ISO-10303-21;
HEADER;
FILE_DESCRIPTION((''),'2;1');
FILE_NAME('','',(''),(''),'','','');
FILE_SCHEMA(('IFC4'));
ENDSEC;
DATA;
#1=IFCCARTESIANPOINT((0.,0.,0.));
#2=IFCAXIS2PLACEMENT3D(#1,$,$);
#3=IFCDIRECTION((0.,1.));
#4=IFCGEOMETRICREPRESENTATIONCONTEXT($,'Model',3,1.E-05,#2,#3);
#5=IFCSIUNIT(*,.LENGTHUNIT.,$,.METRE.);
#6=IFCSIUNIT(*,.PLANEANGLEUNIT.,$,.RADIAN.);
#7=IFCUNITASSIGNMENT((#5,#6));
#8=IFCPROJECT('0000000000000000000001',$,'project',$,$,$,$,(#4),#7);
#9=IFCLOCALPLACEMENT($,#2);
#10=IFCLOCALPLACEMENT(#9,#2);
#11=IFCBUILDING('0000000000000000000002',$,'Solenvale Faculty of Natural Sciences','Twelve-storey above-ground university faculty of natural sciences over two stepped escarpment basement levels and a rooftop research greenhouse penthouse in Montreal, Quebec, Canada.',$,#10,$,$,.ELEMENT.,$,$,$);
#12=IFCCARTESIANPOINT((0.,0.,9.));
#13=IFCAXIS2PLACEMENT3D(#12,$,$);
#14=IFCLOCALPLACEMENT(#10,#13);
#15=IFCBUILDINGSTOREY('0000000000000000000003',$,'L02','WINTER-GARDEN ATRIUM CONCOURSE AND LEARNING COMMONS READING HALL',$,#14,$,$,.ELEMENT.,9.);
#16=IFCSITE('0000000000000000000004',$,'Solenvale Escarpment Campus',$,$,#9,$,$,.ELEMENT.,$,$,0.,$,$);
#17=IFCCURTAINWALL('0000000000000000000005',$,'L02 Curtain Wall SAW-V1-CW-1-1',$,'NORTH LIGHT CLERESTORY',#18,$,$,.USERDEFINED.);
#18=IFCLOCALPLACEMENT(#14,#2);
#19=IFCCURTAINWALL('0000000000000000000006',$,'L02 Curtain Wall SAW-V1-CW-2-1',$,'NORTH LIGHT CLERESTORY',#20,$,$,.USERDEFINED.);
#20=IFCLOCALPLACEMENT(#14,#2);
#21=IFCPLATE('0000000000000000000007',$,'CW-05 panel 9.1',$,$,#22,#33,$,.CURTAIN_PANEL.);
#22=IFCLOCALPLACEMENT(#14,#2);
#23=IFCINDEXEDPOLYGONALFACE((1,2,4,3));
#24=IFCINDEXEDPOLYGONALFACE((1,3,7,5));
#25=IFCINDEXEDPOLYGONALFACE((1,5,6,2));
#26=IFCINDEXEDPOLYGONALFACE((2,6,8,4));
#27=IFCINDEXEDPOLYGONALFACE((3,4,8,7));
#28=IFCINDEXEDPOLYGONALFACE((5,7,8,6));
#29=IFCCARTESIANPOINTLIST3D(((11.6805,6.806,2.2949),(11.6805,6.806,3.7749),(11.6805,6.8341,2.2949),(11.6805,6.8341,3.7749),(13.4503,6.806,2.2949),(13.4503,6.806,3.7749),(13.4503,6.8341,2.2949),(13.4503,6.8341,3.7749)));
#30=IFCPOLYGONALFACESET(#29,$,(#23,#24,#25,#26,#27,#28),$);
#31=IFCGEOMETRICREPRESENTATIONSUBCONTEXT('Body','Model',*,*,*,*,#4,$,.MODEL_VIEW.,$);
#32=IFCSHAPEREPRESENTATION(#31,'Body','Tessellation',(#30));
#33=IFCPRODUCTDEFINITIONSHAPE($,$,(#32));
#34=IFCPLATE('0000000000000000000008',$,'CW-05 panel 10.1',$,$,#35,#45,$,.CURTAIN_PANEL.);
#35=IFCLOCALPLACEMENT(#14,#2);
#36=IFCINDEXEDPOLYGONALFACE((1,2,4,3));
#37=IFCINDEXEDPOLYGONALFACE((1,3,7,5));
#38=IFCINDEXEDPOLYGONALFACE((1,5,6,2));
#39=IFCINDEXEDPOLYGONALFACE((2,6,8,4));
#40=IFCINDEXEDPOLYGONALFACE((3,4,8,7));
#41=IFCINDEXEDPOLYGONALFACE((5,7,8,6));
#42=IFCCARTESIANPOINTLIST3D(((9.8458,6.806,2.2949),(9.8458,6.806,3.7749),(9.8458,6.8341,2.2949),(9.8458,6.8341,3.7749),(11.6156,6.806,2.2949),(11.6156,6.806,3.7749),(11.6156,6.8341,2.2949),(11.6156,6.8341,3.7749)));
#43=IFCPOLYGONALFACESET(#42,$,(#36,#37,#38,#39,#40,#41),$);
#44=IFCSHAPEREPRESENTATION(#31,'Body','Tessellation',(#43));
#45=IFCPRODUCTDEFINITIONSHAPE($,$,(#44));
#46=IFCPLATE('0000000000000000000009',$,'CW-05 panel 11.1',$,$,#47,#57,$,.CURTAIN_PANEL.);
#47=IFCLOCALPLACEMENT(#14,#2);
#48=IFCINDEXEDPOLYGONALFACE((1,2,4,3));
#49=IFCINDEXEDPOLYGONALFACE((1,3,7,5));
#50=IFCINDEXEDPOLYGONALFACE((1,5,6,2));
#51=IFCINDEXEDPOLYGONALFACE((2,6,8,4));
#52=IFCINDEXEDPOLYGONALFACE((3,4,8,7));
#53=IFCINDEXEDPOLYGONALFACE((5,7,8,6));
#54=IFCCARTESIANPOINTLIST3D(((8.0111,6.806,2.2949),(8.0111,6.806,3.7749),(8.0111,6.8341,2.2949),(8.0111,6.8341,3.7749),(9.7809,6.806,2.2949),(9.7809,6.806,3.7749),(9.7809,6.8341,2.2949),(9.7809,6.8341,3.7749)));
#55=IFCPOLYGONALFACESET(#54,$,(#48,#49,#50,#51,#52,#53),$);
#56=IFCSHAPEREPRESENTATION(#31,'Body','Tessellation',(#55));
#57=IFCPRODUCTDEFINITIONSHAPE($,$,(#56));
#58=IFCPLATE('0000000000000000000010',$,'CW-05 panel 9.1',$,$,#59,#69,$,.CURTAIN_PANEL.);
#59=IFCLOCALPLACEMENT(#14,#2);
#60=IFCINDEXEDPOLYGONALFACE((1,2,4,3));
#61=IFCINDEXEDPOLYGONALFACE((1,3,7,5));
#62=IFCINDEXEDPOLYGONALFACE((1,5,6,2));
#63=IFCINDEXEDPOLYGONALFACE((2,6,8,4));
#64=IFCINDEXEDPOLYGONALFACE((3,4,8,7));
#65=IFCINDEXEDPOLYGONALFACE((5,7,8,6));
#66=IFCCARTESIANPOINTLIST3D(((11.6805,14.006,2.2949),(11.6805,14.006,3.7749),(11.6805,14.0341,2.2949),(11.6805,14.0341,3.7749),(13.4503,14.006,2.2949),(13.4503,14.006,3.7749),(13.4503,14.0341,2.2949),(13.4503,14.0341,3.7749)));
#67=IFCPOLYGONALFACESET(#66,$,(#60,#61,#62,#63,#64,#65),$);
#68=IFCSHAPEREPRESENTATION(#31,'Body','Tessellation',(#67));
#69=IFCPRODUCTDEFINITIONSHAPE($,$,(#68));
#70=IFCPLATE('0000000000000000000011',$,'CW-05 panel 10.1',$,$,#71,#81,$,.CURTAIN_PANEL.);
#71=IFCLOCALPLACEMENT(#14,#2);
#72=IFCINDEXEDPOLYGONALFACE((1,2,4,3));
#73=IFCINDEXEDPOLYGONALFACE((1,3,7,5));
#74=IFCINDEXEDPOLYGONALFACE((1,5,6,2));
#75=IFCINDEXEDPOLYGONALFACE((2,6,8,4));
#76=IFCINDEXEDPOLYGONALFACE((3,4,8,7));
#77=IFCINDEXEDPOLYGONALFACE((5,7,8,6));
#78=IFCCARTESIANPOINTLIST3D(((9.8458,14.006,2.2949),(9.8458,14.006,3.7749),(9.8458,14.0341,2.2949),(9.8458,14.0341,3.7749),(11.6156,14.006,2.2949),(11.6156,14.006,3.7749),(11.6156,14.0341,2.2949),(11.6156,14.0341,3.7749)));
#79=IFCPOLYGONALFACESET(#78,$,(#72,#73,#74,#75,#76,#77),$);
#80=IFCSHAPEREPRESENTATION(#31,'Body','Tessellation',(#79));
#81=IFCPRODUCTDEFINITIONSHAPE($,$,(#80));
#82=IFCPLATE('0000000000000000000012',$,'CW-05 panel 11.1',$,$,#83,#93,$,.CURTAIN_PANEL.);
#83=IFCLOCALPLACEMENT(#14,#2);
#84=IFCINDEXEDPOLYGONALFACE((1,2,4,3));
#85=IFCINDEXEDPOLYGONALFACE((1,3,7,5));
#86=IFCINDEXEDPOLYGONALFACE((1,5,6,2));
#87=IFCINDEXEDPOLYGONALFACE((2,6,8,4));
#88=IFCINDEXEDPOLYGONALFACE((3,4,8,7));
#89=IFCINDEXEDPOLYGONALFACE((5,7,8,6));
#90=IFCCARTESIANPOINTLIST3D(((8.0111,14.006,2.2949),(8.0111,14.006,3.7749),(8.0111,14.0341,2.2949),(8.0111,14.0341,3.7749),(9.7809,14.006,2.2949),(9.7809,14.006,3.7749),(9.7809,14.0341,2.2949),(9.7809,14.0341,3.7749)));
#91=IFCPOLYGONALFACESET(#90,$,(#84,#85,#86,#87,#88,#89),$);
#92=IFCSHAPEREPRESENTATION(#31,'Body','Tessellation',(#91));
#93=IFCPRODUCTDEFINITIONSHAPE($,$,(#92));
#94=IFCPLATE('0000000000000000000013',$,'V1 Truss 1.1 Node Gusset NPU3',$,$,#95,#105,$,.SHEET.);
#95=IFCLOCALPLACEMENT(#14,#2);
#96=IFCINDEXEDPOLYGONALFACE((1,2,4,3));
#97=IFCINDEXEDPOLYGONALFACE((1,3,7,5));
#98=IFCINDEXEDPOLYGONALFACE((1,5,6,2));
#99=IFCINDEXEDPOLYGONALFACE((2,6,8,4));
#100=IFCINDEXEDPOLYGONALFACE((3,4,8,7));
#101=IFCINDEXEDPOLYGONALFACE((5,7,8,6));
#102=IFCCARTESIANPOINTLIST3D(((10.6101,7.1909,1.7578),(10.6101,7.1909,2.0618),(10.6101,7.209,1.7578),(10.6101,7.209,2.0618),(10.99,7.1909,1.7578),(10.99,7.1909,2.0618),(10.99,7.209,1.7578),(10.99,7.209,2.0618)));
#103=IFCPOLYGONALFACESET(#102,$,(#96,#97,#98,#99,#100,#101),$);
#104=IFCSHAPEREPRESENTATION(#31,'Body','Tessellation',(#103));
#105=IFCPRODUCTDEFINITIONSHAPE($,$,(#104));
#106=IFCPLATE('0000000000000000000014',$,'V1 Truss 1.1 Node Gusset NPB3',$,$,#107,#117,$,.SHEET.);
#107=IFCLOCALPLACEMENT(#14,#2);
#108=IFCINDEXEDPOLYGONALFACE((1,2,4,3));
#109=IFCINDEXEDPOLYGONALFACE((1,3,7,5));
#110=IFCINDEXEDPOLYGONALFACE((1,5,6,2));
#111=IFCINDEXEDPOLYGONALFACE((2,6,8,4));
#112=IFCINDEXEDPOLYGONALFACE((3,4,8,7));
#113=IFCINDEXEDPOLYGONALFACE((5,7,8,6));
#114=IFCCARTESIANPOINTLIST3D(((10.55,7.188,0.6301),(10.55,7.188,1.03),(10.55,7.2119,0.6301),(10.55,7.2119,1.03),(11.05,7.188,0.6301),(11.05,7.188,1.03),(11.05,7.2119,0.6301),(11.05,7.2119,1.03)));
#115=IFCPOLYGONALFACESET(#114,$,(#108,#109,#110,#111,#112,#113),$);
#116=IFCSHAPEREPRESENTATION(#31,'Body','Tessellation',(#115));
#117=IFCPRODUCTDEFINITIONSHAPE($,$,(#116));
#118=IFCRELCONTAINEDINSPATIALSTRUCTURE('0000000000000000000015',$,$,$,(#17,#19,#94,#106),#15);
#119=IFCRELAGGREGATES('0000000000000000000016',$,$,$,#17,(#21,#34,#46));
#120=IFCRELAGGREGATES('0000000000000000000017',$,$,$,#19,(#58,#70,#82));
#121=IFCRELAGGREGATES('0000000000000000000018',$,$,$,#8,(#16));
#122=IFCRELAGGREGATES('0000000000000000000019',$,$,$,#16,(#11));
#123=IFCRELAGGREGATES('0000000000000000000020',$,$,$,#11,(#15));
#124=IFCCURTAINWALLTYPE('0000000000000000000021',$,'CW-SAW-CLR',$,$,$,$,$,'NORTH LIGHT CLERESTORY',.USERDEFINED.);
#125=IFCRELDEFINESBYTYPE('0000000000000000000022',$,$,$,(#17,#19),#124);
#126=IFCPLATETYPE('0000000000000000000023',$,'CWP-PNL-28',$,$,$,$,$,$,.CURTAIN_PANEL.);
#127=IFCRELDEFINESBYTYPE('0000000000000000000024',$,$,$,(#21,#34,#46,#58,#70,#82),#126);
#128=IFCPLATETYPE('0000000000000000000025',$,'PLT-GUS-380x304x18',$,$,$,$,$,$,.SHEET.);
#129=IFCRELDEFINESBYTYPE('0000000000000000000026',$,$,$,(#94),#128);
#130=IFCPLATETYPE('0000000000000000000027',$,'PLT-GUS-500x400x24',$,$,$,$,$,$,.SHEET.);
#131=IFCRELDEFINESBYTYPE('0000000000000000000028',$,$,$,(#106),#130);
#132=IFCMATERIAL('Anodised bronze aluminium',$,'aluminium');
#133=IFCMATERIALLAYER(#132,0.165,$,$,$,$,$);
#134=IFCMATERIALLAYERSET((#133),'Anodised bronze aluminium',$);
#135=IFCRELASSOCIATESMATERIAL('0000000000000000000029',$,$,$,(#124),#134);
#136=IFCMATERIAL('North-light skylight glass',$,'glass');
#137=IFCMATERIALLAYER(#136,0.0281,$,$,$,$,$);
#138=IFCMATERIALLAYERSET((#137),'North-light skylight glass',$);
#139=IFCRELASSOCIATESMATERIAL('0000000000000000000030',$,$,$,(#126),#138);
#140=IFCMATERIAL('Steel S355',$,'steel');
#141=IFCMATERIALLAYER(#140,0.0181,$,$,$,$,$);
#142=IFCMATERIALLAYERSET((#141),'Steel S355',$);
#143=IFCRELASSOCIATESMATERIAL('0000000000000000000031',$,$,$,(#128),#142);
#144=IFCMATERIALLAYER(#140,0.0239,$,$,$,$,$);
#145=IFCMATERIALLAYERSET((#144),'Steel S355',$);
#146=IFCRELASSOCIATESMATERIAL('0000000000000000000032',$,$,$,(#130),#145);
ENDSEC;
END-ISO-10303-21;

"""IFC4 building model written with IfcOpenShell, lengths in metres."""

from ifc_helpers import new_model, si_unit, direction, frame, origin, origin_2d, place, context, subcontext, project, spatial, rectangle, extrude, material, layer, layer_set, type_object, element, aggregate, save


model = new_model("IFC4")

# Units and contexts
model_context = context("Model", 3, precision=1e-05, world=origin(), true_north=direction((0.0, 1.0)))
body_context = subcontext(model_context, "Body", "Model", "MODEL_VIEW")
ifc_project = project(units=[si_unit("LENGTHUNIT", "METRE"), si_unit("PLANEANGLEUNIT", "RADIAN")], contexts=[model_context])

# Site, building, storey
site_placement = place(None, origin())
site = spatial("IfcSite", under=ifc_project, at=site_placement, Name="Solenvale Escarpment Campus", CompositionType="ELEMENT", RefElevation=0.0)
building_placement = place(site_placement, origin())
building = spatial("IfcBuilding", under=site, at=building_placement, Name="Solenvale Faculty of Natural Sciences", Description="Twelve-storey above-ground university faculty of natural sciences over two stepped escarpment basement levels and a rooftop research greenhouse penthouse in Montreal, Quebec, Canada.", CompositionType="ELEMENT")
storey_placement = place(building_placement, frame((0.0, 0.0, 9.0)))
storey = spatial("IfcBuildingStorey", under=building, at=storey_placement, Name="L02", Description="WINTER-GARDEN ATRIUM CONCOURSE AND LEARNING COMMONS READING HALL", CompositionType="ELEMENT", Elevation=9.0)

# Curtain walls
ifc_material_1 = material(Name="Anodised bronze aluminium", Category="aluminium")
ifc_layer_1 = layer(ifc_material_1, 0.165)
ifc_layer_set_1 = layer_set([ifc_layer_1], Name="Anodised bronze aluminium")
curtain_wall_type = type_object("IfcCurtainWallType", Name="CW-SAW-CLR", ElementType="NORTH LIGHT CLERESTORY", PredefinedType="USERDEFINED", material=ifc_layer_set_1)
curtain_wall_1_placement = place(storey_placement, origin())
curtain_wall_1 = element("IfcCurtainWall", 1, at=curtain_wall_1_placement, inside=storey, type_object=curtain_wall_type, Name="L02 Curtain Wall SAW-V1-CW-1-1", ObjectType="NORTH LIGHT CLERESTORY", PredefinedType="USERDEFINED")
curtain_wall_2_placement = place(storey_placement, origin())
curtain_wall_2 = element("IfcCurtainWall", 2, at=curtain_wall_2_placement, inside=storey, type_object=curtain_wall_type, Name="L02 Curtain Wall SAW-V1-CW-2-1", ObjectType="NORTH LIGHT CLERESTORY", PredefinedType="USERDEFINED")

# Shared definitions
ifc_material_2 = material(Name="Steel S355", Category="steel")

# Plates
ifc_material_3 = material(Name="North-light skylight glass", Category="glass")
ifc_layer_2 = layer(ifc_material_3, 0.0281)
ifc_layer_set_2 = layer_set([ifc_layer_2], Name="North-light skylight glass")
plate_type_1 = type_object("IfcPlateType", Name="CWP-PNL-28", PredefinedType="CURTAIN_PANEL", material=ifc_layer_set_2)
plate_1_placement = place(storey_placement, frame((12.5654, 6.8201, 2.2949), z_axis=(0.0, 0.0, 1.0), x_axis=(-1.0, 0.0, 0.0)))
plate_1 = element("IfcPlate", 3, at=plate_1_placement, type_object=plate_type_1, Name="CW-05 panel 9.1", PredefinedType="CURTAIN_PANEL", context=body_context, shape_type="SweptSolid", body=[
    extrude(rectangle(XDim=1.7698, YDim=0.0281, at=origin_2d()), origin(), (0.0, 0.0, 1.0), 1.48),
])
plate_2_placement = place(storey_placement, frame((10.7307, 6.8201, 2.2949), z_axis=(0.0, 0.0, 1.0), x_axis=(-1.0, 0.0, 0.0)))
plate_2 = element("IfcPlate", 4, at=plate_2_placement, type_object=plate_type_1, Name="CW-05 panel 10.1", PredefinedType="CURTAIN_PANEL", context=body_context, shape_type="SweptSolid", body=[
    extrude(rectangle(XDim=1.7698, YDim=0.0281, at=origin_2d()), origin(), (0.0, 0.0, 1.0), 1.48),
])
plate_3_placement = place(storey_placement, frame((8.896, 6.8201, 2.2949), z_axis=(0.0, 0.0, 1.0), x_axis=(-1.0, 0.0, 0.0)))
plate_3 = element("IfcPlate", 5, at=plate_3_placement, type_object=plate_type_1, Name="CW-05 panel 11.1", PredefinedType="CURTAIN_PANEL", context=body_context, shape_type="SweptSolid", body=[
    extrude(rectangle(XDim=1.7698, YDim=0.0281, at=origin_2d()), origin(), (0.0, 0.0, 1.0), 1.48),
])
aggregate(curtain_wall_1, [plate_1, plate_2, plate_3])
plate_4_placement = place(storey_placement, frame((12.5654, 14.02, 2.2949), z_axis=(0.0, 0.0, 1.0), x_axis=(-1.0, 0.0, 0.0)))
plate_4 = element("IfcPlate", 6, at=plate_4_placement, type_object=plate_type_1, Name="CW-05 panel 9.1", PredefinedType="CURTAIN_PANEL", context=body_context, shape_type="SweptSolid", body=[
    extrude(rectangle(XDim=1.7698, YDim=0.0281, at=origin_2d()), origin(), (0.0, 0.0, 1.0), 1.48),
])
plate_5_placement = place(storey_placement, frame((10.7307, 14.02, 2.2949), z_axis=(0.0, 0.0, 1.0), x_axis=(-1.0, 0.0, 0.0)))
plate_5 = element("IfcPlate", 7, at=plate_5_placement, type_object=plate_type_1, Name="CW-05 panel 10.1", PredefinedType="CURTAIN_PANEL", context=body_context, shape_type="SweptSolid", body=[
    extrude(rectangle(XDim=1.7698, YDim=0.0281, at=origin_2d()), origin(), (0.0, 0.0, 1.0), 1.48),
])
plate_6_placement = place(storey_placement, frame((8.896, 14.02, 2.2949), z_axis=(0.0, 0.0, 1.0), x_axis=(-1.0, 0.0, 0.0)))
plate_6 = element("IfcPlate", 8, at=plate_6_placement, type_object=plate_type_1, Name="CW-05 panel 11.1", PredefinedType="CURTAIN_PANEL", context=body_context, shape_type="SweptSolid", body=[
    extrude(rectangle(XDim=1.7698, YDim=0.0281, at=origin_2d()), origin(), (0.0, 0.0, 1.0), 1.48),
])
aggregate(curtain_wall_2, [plate_4, plate_5, plate_6])

# Plates
ifc_layer_3 = layer(ifc_material_2, 0.0181)
ifc_layer_set_3 = layer_set([ifc_layer_3], Name="Steel S355")
plate_type_2 = type_object("IfcPlateType", Name="PLT-GUS-380x304x18", PredefinedType="SHEET", material=ifc_layer_set_3)
plate_7_placement = place(storey_placement, frame((10.8, 7.2, 1.7578), z_axis=(0.0, 0.0, 1.0), x_axis=(1.0, 0.0, 0.0)))
element("IfcPlate", 9, at=plate_7_placement, inside=storey, type_object=plate_type_2, Name="V1 Truss 1.1 Node Gusset NPU3", PredefinedType="SHEET", context=body_context, shape_type="SweptSolid", body=[
    extrude(rectangle(XDim=0.3799, YDim=0.0181, at=origin_2d()), origin(), (0.0, 0.0, 1.0), 0.304),
])
ifc_layer_4 = layer(ifc_material_2, 0.0239)
ifc_layer_set_4 = layer_set([ifc_layer_4], Name="Steel S355")
plate_type_3 = type_object("IfcPlateType", Name="PLT-GUS-500x400x24", PredefinedType="SHEET", material=ifc_layer_set_4)
plate_8_placement = place(storey_placement, frame((10.8, 7.2, 0.6301), z_axis=(0.0, 0.0, 1.0), x_axis=(1.0, 0.0, 0.0)))
element("IfcPlate", 10, at=plate_8_placement, inside=storey, type_object=plate_type_3, Name="V1 Truss 1.1 Node Gusset NPB3", PredefinedType="SHEET", context=body_context, shape_type="SweptSolid", body=[
    extrude(rectangle(XDim=0.5, YDim=0.0239, at=origin_2d()), origin(), (0.0, 0.0, 1.0), 0.3999),
])

save(model, "model.ifc")
